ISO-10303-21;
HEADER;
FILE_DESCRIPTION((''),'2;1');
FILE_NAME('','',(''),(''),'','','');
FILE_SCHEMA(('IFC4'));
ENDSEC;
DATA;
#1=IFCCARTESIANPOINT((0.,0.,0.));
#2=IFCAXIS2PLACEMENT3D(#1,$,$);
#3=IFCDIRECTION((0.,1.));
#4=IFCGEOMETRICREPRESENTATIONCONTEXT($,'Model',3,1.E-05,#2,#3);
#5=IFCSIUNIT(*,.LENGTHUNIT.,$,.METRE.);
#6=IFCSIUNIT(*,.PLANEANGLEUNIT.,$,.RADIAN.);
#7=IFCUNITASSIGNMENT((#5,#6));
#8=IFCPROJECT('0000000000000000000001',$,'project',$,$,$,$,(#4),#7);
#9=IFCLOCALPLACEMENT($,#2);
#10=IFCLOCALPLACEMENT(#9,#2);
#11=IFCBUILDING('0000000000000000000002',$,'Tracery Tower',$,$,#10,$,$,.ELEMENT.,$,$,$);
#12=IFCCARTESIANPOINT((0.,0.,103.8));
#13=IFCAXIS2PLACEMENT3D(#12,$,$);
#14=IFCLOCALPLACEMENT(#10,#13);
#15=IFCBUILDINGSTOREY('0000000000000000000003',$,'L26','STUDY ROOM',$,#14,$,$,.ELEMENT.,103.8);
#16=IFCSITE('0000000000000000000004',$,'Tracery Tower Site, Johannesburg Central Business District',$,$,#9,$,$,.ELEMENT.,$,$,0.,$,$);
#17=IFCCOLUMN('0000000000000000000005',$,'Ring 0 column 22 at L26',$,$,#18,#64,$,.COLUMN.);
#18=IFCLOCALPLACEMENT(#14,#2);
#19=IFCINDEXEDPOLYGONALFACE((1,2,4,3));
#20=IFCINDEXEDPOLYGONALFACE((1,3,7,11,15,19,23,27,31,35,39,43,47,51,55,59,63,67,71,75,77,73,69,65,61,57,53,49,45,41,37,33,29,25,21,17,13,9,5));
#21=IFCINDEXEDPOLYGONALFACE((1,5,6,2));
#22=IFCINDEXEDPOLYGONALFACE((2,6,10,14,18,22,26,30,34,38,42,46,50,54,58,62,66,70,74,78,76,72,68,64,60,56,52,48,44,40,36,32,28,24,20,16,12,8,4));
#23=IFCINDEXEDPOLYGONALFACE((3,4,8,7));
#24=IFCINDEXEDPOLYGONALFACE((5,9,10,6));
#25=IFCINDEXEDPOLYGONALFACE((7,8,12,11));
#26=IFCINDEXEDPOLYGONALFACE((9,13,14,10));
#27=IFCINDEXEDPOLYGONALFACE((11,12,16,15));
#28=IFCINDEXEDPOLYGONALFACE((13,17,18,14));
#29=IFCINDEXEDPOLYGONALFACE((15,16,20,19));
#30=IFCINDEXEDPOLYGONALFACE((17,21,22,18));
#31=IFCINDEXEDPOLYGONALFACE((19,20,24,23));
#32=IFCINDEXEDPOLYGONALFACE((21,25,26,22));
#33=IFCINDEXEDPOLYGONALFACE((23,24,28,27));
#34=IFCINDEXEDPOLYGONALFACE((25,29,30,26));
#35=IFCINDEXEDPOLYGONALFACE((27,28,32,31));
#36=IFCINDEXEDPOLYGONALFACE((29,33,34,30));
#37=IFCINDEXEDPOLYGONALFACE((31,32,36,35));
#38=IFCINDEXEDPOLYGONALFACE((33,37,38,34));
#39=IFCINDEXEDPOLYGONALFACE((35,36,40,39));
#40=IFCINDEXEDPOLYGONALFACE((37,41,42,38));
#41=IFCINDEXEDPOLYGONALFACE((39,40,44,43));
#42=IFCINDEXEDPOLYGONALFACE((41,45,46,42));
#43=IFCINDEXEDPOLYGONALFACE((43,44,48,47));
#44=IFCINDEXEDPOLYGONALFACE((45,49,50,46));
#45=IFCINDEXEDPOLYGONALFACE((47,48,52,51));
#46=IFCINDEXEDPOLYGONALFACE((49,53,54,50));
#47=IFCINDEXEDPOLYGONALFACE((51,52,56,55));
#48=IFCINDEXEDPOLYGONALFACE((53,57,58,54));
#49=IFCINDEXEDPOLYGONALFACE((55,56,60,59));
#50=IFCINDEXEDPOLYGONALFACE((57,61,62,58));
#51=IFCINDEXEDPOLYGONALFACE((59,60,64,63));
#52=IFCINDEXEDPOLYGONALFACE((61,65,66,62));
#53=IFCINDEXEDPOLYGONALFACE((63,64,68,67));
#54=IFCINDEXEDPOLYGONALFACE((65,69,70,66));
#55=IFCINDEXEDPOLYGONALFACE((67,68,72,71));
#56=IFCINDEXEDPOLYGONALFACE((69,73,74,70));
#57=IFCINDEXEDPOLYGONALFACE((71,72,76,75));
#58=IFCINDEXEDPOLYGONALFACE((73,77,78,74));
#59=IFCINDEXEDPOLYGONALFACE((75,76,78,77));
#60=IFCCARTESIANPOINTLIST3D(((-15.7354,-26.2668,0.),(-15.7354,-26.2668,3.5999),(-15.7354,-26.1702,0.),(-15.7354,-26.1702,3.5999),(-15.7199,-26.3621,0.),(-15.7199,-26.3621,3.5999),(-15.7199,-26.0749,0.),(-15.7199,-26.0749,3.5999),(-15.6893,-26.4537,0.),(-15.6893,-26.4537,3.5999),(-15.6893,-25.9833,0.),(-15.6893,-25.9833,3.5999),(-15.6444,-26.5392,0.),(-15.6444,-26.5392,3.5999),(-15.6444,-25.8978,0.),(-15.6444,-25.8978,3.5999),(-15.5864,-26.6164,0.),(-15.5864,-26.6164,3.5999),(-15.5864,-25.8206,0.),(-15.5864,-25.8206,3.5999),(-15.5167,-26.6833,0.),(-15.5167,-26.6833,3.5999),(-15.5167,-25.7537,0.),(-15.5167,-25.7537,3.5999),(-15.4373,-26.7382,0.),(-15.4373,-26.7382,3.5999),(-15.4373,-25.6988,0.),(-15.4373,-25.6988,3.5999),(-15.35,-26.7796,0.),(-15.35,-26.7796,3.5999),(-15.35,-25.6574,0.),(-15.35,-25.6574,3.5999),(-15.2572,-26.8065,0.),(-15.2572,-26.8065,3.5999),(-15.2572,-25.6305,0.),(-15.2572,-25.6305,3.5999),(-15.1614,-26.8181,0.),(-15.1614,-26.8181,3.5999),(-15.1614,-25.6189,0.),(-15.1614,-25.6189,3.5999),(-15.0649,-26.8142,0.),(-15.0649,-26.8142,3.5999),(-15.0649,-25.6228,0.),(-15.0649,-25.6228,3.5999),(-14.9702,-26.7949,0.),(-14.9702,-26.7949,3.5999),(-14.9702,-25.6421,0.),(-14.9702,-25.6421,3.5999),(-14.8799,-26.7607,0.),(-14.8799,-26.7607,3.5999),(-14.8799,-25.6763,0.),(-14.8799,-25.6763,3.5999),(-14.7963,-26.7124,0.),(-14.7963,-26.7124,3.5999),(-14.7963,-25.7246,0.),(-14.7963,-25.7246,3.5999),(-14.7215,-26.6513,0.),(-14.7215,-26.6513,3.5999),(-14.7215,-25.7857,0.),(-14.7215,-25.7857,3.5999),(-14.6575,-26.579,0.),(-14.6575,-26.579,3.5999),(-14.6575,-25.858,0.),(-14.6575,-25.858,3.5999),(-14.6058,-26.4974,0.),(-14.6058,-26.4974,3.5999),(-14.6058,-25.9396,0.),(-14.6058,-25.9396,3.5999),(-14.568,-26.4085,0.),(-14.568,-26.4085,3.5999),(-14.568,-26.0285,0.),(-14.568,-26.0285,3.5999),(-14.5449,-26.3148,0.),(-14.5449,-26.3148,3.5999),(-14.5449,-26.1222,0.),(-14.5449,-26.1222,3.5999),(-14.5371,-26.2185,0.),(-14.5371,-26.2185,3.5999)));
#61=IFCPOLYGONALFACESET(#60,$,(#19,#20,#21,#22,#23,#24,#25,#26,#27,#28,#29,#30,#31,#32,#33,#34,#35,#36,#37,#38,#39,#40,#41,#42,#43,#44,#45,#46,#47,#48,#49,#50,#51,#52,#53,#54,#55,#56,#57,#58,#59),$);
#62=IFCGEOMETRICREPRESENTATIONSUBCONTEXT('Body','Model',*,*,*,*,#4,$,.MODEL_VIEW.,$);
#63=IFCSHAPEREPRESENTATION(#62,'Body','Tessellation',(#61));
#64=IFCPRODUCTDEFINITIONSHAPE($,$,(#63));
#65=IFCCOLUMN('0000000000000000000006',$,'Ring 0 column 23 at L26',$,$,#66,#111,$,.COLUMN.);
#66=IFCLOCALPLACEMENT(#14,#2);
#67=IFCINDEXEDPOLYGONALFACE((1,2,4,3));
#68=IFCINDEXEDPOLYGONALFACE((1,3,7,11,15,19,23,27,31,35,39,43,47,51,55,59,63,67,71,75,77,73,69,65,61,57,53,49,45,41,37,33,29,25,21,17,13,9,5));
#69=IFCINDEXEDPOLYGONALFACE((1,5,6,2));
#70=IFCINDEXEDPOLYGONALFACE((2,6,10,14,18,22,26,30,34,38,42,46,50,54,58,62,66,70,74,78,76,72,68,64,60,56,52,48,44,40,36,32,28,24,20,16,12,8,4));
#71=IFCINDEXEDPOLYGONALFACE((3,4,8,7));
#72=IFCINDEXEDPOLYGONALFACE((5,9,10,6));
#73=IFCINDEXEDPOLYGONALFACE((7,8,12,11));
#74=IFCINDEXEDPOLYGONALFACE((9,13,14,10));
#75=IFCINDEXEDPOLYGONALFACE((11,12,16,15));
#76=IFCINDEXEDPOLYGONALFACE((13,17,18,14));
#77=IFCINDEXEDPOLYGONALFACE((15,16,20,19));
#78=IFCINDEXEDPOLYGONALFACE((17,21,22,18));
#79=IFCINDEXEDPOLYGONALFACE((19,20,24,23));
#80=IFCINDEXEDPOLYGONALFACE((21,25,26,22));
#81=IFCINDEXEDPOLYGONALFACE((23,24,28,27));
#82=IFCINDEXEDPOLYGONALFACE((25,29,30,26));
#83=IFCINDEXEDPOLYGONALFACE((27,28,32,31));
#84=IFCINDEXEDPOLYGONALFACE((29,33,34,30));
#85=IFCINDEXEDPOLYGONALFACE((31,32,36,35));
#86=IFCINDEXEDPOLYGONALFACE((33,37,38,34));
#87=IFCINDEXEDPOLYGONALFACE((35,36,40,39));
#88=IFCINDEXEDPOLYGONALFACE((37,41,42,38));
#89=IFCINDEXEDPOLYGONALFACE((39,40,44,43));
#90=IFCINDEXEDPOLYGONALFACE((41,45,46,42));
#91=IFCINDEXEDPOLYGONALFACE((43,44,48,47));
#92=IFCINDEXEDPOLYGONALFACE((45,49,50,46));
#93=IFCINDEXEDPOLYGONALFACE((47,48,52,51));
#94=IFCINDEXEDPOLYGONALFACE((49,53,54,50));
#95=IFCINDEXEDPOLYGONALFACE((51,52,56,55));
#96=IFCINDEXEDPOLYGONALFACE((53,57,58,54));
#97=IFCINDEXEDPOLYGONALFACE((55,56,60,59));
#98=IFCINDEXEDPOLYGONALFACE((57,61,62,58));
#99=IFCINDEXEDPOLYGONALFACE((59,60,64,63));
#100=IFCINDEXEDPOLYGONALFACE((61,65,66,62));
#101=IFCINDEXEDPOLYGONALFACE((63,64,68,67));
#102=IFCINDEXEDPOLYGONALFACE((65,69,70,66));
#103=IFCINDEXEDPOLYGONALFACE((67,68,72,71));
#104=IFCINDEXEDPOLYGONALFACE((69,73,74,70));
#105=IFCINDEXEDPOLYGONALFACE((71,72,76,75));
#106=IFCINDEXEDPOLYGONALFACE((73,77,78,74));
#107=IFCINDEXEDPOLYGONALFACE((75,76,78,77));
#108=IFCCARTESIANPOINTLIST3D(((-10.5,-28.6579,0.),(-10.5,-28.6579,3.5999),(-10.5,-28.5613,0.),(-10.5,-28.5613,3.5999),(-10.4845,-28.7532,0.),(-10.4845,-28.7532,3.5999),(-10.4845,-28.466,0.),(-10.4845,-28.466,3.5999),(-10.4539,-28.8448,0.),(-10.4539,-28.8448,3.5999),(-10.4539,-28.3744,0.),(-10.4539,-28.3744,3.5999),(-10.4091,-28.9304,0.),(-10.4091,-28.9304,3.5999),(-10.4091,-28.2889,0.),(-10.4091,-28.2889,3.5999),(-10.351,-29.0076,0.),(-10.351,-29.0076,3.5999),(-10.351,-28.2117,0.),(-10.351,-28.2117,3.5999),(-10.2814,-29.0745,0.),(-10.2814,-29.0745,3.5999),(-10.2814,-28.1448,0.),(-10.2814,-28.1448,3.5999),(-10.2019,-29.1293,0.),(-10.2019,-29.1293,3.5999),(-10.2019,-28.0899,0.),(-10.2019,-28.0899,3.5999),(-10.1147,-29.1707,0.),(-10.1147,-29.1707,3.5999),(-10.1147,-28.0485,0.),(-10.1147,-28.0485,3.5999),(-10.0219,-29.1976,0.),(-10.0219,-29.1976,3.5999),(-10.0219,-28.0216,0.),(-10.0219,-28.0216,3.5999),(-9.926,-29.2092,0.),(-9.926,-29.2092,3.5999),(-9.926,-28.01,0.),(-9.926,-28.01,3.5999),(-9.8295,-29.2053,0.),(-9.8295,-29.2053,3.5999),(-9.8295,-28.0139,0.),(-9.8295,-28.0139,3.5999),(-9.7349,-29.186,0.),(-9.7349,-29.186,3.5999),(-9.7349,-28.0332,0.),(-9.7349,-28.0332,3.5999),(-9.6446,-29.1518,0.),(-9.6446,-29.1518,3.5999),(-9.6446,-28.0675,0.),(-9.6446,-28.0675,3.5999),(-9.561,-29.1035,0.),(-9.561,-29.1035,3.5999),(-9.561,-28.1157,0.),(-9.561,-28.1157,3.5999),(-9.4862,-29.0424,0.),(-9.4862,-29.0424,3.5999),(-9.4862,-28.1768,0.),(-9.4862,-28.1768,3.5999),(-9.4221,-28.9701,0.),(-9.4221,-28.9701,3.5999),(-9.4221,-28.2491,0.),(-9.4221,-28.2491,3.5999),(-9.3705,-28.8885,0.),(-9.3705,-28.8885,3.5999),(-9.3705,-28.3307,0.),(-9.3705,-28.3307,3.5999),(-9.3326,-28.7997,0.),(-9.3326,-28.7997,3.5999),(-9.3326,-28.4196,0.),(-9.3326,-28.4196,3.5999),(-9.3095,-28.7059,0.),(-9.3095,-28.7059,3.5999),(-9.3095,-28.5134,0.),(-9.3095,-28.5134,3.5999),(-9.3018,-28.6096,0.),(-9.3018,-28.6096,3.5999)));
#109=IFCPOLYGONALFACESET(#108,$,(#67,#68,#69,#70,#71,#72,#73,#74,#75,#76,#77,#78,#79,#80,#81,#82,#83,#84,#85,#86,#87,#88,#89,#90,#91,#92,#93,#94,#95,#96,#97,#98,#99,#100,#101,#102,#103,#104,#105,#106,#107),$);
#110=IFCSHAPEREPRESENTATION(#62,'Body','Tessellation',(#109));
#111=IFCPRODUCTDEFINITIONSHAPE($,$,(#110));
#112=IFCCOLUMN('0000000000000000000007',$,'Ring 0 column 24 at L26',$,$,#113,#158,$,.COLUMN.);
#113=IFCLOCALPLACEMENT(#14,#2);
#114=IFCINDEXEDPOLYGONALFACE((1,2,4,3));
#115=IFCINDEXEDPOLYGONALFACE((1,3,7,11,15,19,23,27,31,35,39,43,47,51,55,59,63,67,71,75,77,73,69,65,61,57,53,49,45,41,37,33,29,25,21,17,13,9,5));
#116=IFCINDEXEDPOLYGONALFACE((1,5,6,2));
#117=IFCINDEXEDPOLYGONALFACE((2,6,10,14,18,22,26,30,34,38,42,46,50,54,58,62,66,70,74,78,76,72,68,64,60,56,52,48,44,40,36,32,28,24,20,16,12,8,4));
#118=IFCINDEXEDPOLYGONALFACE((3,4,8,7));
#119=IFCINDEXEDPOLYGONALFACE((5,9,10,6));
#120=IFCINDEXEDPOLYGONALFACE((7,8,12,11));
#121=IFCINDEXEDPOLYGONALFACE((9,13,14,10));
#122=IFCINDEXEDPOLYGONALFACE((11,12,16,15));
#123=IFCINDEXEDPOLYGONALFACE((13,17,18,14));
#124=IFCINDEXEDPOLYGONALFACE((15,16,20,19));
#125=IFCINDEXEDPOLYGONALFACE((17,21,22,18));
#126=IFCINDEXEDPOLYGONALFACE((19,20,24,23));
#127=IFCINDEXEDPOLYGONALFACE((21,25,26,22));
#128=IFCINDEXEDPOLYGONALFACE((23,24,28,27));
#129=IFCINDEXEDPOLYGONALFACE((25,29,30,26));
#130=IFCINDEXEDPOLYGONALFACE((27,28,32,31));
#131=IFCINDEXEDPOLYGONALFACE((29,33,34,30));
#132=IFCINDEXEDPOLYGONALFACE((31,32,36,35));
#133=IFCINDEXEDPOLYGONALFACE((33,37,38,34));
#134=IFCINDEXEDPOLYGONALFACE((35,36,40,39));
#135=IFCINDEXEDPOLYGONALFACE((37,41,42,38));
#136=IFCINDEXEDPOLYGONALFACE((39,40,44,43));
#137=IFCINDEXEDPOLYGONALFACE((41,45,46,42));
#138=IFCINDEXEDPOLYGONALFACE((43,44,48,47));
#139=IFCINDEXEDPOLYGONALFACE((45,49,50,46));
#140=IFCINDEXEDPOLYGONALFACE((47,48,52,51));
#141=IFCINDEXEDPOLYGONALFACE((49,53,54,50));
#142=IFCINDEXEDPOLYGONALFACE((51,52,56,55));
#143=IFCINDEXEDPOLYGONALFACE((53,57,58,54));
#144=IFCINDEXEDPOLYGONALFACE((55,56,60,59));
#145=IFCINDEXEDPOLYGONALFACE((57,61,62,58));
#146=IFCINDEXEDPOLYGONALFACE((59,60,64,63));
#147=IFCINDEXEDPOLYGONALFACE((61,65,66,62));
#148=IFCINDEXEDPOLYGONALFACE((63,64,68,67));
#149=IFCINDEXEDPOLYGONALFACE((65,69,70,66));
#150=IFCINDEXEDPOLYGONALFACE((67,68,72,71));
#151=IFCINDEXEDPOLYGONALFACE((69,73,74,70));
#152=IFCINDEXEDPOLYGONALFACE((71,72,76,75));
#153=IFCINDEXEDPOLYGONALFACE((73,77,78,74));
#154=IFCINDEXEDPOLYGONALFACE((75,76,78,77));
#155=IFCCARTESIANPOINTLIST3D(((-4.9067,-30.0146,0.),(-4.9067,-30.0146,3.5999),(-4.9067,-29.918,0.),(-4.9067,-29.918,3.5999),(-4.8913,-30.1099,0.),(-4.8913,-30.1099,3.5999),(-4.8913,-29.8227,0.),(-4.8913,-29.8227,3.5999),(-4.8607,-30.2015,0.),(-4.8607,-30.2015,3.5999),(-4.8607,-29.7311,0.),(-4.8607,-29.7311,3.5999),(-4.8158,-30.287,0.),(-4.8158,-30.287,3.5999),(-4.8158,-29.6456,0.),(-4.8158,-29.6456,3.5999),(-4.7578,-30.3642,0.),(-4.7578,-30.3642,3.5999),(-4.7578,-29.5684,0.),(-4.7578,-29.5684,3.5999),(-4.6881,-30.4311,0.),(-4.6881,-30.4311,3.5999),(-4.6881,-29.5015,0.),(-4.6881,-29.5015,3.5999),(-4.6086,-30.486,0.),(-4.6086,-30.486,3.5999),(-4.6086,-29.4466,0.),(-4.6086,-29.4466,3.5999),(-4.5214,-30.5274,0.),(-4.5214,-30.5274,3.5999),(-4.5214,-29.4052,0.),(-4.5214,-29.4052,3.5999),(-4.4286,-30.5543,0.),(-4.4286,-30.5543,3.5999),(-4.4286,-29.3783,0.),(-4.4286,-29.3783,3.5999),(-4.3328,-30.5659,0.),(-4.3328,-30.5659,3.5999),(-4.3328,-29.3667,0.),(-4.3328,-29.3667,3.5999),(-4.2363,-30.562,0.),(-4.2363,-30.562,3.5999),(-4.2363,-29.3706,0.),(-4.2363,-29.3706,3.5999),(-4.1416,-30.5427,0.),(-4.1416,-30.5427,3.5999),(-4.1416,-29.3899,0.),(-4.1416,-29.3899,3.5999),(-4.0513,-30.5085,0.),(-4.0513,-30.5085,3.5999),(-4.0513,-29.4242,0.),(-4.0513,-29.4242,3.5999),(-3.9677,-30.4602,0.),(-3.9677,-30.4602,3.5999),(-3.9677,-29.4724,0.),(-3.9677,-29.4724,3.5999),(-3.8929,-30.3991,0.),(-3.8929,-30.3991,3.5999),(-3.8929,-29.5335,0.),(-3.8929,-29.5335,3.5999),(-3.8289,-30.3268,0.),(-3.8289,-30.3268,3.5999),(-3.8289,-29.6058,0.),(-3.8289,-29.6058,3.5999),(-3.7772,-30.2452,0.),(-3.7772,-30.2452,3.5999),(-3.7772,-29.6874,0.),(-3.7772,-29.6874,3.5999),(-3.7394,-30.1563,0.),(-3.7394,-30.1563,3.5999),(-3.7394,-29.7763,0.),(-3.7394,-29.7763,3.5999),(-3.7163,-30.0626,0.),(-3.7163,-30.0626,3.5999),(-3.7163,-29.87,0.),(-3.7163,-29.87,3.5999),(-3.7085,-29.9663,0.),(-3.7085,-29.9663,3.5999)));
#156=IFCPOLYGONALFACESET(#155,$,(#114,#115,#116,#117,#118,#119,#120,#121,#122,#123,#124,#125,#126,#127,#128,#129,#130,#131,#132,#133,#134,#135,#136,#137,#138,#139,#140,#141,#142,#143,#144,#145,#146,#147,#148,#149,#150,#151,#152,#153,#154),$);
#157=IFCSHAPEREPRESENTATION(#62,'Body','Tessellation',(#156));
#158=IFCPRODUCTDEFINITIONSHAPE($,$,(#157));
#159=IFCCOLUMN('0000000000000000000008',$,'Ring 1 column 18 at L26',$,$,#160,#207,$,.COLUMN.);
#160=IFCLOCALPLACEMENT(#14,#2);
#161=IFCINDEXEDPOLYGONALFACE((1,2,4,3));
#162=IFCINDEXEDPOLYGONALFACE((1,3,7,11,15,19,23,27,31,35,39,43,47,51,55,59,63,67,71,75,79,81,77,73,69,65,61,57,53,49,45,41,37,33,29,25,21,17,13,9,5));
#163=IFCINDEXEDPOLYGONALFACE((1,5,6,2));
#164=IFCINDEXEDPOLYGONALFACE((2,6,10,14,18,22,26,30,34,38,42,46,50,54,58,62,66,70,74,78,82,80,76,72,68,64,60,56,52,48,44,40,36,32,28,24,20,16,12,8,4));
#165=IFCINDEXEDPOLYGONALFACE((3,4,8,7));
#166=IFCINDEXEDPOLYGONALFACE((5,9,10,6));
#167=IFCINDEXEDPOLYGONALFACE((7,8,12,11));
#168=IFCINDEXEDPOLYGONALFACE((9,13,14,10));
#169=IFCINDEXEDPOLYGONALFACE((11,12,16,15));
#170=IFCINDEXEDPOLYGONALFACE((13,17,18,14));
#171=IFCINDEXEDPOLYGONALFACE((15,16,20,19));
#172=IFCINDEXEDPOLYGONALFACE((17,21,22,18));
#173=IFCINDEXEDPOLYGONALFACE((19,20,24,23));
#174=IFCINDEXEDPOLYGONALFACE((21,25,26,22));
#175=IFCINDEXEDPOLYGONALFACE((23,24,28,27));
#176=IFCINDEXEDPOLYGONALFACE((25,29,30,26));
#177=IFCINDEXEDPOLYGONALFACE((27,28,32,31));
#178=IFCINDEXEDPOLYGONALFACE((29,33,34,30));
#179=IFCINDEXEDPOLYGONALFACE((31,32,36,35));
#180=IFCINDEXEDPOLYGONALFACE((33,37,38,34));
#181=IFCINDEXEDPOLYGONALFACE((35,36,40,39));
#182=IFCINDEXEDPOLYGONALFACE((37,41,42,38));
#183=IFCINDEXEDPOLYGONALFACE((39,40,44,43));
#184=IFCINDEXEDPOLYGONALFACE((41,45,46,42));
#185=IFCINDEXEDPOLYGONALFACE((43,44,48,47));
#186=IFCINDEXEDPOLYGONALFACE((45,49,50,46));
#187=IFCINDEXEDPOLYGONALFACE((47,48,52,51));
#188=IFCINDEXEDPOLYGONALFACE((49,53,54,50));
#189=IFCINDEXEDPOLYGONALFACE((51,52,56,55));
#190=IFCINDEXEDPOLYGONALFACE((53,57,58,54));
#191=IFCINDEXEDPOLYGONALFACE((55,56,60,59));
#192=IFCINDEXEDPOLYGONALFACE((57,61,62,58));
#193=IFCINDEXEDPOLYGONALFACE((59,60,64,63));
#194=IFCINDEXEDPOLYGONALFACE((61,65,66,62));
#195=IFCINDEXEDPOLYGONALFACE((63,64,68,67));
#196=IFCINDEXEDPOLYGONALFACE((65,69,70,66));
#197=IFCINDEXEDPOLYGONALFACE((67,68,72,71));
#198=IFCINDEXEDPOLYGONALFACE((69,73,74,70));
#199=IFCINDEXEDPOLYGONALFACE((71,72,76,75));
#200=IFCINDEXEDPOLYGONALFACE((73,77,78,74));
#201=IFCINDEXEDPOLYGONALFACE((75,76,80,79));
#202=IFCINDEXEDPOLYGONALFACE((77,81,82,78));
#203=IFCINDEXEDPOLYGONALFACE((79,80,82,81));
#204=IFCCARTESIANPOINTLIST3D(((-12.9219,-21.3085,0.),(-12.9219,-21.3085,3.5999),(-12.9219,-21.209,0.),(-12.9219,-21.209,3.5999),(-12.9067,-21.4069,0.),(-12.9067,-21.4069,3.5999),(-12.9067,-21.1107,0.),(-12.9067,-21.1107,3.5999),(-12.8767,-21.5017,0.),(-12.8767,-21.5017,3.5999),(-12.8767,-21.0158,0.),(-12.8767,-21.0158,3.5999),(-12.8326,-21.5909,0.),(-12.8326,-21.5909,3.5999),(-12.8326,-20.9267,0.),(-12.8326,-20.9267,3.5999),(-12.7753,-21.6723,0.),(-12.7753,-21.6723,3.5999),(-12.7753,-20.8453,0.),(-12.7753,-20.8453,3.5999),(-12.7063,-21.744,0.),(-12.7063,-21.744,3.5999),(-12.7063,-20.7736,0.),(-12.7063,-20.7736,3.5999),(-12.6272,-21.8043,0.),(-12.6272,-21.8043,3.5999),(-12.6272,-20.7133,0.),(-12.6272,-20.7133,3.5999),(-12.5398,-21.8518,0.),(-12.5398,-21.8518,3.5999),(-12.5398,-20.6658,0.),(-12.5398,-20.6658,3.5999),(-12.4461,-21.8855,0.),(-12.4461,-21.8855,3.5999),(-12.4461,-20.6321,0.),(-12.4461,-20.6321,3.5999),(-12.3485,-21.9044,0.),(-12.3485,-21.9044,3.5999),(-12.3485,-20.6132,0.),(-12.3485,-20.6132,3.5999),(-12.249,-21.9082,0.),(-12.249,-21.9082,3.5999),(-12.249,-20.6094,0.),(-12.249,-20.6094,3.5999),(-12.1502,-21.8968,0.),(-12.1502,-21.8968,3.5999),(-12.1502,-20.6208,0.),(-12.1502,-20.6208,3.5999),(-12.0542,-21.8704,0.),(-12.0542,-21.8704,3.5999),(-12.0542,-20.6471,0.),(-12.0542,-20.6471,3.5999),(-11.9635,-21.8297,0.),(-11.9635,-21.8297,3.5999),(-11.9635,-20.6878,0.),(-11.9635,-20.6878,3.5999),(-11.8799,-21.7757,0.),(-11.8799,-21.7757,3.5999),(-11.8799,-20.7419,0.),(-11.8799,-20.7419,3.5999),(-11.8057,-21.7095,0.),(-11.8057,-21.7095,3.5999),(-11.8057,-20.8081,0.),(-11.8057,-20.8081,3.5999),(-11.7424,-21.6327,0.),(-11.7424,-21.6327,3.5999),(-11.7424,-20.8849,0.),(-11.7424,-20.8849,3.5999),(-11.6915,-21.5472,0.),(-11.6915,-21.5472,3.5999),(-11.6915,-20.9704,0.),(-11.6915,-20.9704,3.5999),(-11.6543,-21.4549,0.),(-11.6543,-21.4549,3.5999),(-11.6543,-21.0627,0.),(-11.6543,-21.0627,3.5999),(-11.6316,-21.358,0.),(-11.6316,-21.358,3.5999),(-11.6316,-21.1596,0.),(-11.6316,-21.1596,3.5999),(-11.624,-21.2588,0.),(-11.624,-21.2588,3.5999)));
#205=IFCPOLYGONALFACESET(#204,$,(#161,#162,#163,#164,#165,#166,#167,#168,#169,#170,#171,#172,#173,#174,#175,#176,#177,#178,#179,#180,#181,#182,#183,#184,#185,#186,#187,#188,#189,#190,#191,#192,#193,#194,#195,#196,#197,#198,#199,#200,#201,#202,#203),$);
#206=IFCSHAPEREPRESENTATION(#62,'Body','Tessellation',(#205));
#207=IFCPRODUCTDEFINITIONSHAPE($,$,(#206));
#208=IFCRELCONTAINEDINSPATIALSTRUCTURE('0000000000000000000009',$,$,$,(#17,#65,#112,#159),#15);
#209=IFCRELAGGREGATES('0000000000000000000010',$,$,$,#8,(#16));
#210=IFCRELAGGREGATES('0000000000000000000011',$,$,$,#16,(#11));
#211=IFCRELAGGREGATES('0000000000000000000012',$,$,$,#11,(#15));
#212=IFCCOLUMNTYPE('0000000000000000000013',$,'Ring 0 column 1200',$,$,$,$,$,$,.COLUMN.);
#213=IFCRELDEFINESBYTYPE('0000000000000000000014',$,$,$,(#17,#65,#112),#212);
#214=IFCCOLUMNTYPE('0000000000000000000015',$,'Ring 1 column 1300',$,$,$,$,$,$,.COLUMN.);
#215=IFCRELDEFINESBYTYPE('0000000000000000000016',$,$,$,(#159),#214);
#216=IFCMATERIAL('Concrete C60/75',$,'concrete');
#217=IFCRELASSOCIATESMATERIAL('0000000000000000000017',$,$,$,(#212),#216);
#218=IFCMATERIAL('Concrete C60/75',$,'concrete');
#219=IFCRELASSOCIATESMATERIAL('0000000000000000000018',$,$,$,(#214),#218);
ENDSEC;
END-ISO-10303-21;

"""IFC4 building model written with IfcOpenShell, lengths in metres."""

from ifc_helpers import new_model, si_unit, direction, frame, origin, origin_2d, place, context, subcontext, project, spatial, circle, extrude, material, material_profile, profile_set, type_object, element, save


model = new_model("IFC4")

# Units and contexts
model_context = context("Model", 3, precision=1e-05, world=origin(), true_north=direction((0.0, 1.0)))
body_context = subcontext(model_context, "Body", "Model", "MODEL_VIEW")
ifc_project = project(units=[si_unit("LENGTHUNIT", "METRE"), si_unit("PLANEANGLEUNIT", "RADIAN")], contexts=[model_context])

# Site, building, storey
site_placement = place(None, origin())
site = spatial("IfcSite", under=ifc_project, at=site_placement, Name="Tracery Tower Site, Johannesburg Central Business District", CompositionType="ELEMENT", RefElevation=0.0)
building_placement = place(site_placement, origin())
building = spatial("IfcBuilding", under=site, at=building_placement, Name="Tracery Tower", CompositionType="ELEMENT")
storey_placement = place(building_placement, frame((0.0, 0.0, 103.8)))
storey = spatial("IfcBuildingStorey", under=building, at=storey_placement, Name="L26", Description="STUDY ROOM", CompositionType="ELEMENT", Elevation=103.8)

# Columns
ifc_material_1 = material(Name="Concrete C60/75", Category="concrete")
ifc_material_profile_1 = material_profile(ifc_material_1, circle(Radius=0.6001, at=origin_2d()), Name="RC D1200")
ifc_profile_set_1 = profile_set([ifc_material_profile_1], Name="Concrete C60/75")
column_type_1 = type_object("IfcColumnType", Name="Ring 0 column 1200", PredefinedType="COLUMN", material=ifc_profile_set_1)
for number, where, z_axis, x_axis, name in (
    (1, (-15.1372, -26.2185, 0.0), (0.0, 0.0, 1.0), (1.0, 0.0, 0.0), "Ring 0 column 22 at L26"),
    (2, (-9.9019, -28.6096, 0.0), (0.0, 0.0, 1.0), (1.0, 0.0, 0.0), "Ring 0 column 23 at L26"),
    (3, (-4.3086, -29.9663, 0.0), (0.0, 0.0, 1.0), (1.0, 0.0, 0.0), "Ring 0 column 24 at L26"),
):
    element("IfcColumn", number, at=place(storey_placement, frame(where, z_axis=z_axis, x_axis=x_axis)), inside=storey, type_object=column_type_1, Name=name, PredefinedType="COLUMN", context=body_context, shape_type="SweptSolid", body=[
        extrude(circle(Radius=0.6001, at=origin_2d()), origin(), (0.0, 0.0, 1.0), 3.5999),
    ])
ifc_material_2 = material(Name="Concrete C60/75", Category="concrete")
ifc_material_profile_2 = material_profile(ifc_material_2, circle(Radius=0.6499, at=origin_2d()), Name="RC D1300")
ifc_profile_set_2 = profile_set([ifc_material_profile_2], Name="Concrete C60/75")
column_type_2 = type_object("IfcColumnType", Name="Ring 1 column 1300", PredefinedType="COLUMN", material=ifc_profile_set_2)
for number, where, z_axis, x_axis, name in (
    (4, (-12.2739, -21.2588, 0.0), (0.0, 0.0, 1.0), (1.0, 0.0, 0.0), "Ring 1 column 18 at L26"),
):
    element("IfcColumn", number, at=place(storey_placement, frame(where, z_axis=z_axis, x_axis=x_axis)), inside=storey, type_object=column_type_2, Name=name, PredefinedType="COLUMN", context=body_context, shape_type="SweptSolid", body=[
        extrude(circle(Radius=0.6499, at=origin_2d()), origin(), (0.0, 0.0, 1.0), 3.5999),
    ])

save(model, "model.ifc")
